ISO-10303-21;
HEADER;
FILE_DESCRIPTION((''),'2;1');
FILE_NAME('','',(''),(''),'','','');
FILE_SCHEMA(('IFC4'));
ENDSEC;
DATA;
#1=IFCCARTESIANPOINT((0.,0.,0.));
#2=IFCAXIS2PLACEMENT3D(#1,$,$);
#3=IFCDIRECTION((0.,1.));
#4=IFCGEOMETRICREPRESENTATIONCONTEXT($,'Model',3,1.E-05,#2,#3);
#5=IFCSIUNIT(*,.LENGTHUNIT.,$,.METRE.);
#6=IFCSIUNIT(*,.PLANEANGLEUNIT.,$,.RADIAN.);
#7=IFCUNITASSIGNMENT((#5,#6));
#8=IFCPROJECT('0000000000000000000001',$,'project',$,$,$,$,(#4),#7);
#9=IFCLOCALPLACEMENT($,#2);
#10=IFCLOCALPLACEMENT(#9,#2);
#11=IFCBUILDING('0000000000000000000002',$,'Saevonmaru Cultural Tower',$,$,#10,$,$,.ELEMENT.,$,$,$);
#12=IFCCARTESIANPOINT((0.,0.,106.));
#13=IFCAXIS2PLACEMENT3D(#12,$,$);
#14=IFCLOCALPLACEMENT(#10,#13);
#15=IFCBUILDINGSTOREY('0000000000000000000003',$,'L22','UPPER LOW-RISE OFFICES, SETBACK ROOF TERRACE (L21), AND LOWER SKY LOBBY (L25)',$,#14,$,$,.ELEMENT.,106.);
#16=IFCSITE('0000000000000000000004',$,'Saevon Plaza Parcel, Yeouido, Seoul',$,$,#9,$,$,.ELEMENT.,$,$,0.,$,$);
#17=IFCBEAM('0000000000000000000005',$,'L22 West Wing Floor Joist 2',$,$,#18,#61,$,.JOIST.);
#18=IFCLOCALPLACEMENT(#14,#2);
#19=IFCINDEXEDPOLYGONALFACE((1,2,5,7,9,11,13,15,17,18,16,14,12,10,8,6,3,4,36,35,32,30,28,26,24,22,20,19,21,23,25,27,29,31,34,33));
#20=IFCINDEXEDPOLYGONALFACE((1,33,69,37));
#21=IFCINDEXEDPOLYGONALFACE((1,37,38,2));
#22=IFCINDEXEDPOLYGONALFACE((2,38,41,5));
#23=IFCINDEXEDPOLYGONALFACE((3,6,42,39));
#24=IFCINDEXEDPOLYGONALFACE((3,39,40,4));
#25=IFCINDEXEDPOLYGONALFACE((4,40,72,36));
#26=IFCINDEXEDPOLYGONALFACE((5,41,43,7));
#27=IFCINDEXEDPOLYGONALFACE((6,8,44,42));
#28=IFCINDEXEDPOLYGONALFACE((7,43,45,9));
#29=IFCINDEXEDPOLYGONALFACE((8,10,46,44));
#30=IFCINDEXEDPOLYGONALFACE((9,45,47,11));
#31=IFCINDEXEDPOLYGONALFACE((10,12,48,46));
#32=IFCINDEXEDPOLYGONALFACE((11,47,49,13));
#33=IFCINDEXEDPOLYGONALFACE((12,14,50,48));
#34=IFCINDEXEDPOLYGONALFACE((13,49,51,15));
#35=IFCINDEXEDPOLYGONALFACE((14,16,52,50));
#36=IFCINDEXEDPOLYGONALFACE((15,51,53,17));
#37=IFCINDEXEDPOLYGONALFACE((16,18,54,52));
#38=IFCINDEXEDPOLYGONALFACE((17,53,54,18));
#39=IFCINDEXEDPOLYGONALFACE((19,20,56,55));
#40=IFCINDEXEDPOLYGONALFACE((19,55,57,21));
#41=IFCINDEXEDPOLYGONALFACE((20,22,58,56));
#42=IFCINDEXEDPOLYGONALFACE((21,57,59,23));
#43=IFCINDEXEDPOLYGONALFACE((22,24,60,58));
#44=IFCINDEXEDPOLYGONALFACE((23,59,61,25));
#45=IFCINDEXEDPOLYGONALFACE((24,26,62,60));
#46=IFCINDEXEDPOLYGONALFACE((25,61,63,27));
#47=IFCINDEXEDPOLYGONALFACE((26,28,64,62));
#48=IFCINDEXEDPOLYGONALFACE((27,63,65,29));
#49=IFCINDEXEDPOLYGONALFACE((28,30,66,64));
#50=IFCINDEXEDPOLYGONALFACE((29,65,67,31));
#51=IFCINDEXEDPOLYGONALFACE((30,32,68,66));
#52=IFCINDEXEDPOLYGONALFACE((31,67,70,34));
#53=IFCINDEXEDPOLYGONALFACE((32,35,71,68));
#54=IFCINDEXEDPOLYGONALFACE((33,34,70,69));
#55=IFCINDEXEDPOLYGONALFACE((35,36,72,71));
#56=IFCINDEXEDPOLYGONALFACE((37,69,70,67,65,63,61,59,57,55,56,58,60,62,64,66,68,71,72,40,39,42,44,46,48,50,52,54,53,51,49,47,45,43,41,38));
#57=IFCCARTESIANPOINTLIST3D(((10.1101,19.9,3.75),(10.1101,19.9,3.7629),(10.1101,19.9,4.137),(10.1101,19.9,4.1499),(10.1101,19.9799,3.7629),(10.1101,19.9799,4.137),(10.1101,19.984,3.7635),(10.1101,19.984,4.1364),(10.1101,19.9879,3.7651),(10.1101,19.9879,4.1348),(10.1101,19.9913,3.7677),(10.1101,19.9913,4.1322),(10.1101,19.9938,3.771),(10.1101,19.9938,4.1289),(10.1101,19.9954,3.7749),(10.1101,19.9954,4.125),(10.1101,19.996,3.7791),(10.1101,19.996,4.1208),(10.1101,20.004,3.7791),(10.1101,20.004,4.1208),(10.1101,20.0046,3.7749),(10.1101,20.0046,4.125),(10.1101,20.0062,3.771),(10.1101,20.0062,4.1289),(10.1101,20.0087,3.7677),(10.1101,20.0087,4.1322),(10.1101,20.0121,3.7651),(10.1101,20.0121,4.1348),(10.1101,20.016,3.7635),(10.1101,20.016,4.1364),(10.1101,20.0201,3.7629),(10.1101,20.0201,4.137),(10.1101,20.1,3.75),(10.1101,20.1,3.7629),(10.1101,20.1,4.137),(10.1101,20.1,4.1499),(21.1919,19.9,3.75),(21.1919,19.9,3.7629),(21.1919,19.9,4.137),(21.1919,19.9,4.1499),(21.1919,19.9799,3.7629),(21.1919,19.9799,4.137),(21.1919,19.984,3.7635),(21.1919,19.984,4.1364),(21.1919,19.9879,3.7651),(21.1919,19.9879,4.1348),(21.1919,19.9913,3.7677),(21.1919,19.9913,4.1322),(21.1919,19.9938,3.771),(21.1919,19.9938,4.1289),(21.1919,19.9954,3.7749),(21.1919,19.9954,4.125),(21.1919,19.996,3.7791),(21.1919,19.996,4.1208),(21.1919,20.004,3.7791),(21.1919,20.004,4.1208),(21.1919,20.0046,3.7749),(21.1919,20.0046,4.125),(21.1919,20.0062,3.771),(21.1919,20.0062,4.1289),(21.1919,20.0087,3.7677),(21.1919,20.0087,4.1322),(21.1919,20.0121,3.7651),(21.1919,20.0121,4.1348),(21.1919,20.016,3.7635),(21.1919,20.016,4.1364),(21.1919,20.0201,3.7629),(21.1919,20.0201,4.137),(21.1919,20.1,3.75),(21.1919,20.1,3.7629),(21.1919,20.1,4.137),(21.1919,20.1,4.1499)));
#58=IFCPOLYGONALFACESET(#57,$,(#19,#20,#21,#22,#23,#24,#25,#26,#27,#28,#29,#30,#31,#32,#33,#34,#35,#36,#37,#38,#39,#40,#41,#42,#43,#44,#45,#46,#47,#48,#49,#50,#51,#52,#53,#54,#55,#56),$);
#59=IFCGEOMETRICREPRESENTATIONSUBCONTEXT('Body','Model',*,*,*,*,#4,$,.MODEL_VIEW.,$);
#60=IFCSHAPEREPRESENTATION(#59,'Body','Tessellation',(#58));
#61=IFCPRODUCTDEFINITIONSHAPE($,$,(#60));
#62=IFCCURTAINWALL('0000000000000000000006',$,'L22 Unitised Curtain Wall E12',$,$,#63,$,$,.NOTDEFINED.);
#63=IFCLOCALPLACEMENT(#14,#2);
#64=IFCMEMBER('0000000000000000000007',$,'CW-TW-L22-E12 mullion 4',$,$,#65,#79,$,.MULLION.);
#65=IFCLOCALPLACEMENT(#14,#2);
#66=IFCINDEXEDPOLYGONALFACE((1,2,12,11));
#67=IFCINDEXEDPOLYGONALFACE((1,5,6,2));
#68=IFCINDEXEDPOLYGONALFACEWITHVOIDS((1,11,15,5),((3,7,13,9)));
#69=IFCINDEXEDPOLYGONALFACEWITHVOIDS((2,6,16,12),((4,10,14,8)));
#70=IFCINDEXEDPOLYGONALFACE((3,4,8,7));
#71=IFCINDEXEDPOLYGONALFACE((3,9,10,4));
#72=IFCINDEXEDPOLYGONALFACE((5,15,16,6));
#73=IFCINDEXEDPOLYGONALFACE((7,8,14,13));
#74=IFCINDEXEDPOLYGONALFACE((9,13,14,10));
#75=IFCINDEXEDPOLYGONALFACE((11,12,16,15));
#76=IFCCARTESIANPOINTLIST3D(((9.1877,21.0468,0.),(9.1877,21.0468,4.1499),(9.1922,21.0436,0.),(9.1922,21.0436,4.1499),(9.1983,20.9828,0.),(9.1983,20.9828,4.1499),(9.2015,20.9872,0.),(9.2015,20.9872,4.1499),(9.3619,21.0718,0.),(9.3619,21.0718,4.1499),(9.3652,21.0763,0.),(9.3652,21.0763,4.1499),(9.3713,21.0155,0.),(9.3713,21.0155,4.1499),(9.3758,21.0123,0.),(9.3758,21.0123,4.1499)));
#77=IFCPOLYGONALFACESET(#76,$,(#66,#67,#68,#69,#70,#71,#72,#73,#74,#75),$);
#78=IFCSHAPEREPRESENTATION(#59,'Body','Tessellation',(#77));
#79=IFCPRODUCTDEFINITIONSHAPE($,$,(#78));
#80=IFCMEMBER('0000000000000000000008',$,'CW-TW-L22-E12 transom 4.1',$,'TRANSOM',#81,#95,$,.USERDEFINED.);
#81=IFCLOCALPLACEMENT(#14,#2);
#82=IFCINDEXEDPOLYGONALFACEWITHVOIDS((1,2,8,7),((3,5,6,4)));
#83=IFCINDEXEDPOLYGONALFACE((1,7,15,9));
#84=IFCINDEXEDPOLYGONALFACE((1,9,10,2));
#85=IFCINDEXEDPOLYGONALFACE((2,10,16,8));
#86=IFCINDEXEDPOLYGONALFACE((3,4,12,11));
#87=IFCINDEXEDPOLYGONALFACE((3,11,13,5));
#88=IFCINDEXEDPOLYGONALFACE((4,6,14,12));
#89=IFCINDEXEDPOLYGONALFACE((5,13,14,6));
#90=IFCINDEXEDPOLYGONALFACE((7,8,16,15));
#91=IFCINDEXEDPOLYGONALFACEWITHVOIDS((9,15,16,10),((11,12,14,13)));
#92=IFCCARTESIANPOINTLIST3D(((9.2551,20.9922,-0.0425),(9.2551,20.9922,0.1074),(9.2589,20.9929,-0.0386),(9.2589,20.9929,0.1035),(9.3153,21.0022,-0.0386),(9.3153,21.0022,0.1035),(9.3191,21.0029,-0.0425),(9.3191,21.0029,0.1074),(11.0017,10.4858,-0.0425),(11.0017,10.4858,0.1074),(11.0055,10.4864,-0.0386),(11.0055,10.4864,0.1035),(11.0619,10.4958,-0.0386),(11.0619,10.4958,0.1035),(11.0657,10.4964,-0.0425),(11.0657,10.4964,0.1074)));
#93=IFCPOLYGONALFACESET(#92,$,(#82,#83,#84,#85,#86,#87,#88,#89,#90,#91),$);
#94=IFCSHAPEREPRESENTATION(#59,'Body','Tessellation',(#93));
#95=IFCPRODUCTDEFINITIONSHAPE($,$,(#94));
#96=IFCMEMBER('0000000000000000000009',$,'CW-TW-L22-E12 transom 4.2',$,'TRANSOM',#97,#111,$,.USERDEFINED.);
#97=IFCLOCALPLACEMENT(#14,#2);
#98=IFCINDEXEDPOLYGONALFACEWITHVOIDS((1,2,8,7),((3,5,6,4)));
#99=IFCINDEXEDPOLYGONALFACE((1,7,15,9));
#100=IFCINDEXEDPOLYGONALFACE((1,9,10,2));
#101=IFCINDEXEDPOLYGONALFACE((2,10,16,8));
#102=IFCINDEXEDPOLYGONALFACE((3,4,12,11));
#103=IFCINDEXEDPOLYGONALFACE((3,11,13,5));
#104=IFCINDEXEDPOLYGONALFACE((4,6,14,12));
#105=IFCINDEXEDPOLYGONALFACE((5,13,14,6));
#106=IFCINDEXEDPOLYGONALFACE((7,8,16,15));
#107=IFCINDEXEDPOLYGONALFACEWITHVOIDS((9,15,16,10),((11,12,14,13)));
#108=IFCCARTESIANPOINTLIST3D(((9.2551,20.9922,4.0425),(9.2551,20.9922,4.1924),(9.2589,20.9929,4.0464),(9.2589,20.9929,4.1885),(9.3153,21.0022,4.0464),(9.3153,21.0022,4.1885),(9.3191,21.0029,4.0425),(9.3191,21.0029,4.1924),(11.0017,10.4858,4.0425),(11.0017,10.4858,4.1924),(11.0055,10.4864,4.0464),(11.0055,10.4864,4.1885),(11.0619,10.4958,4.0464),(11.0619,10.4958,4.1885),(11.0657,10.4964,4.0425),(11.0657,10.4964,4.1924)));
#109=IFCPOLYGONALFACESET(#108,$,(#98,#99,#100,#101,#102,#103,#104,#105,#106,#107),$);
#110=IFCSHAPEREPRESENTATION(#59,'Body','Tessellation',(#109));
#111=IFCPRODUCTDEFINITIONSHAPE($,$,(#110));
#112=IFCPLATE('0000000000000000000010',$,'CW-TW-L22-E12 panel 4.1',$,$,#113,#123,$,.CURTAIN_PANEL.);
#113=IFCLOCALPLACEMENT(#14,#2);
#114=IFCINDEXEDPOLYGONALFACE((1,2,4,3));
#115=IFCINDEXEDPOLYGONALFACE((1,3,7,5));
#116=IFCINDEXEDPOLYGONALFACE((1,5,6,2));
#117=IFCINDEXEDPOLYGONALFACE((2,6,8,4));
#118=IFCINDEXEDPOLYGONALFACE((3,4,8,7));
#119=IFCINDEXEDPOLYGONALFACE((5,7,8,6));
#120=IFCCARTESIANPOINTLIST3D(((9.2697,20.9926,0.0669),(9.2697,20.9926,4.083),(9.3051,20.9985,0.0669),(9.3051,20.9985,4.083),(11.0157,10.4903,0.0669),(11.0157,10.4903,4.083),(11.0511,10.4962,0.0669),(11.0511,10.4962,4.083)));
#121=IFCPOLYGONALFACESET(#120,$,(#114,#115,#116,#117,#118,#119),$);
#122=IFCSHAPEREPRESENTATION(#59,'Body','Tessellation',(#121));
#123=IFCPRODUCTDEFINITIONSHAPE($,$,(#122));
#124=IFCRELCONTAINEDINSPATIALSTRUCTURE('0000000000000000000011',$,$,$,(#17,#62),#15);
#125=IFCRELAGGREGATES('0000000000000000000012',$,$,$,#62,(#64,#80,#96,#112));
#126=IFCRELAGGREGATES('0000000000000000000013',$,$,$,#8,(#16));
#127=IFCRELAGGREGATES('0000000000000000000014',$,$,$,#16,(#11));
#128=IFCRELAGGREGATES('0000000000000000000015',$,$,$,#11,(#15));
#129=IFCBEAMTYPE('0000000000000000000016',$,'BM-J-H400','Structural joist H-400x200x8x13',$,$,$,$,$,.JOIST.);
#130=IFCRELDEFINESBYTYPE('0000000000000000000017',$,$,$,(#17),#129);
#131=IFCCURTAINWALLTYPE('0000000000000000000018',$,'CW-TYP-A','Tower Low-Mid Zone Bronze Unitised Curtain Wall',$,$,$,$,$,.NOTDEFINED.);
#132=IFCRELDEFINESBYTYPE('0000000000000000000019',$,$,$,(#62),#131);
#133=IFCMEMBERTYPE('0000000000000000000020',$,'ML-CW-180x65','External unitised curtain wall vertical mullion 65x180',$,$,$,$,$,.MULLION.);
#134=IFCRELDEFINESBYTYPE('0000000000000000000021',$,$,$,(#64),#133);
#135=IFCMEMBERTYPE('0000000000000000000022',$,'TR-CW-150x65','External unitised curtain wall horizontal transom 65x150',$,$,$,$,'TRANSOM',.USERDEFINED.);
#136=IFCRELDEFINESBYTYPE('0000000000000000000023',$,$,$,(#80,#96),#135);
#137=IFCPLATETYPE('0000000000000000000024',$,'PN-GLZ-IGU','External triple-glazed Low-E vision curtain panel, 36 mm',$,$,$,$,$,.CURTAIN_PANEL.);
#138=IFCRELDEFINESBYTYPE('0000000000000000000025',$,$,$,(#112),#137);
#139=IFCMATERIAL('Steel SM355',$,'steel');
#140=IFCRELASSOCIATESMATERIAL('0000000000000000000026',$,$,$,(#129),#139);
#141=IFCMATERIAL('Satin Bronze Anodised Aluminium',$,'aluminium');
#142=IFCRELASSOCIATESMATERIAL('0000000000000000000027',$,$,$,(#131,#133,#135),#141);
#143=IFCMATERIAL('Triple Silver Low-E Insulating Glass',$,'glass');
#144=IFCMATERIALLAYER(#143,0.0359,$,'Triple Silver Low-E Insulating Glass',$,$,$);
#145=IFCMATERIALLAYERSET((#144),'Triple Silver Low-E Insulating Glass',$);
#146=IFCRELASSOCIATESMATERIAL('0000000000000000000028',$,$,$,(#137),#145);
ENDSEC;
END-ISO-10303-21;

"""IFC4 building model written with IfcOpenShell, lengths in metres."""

from ifc_helpers import new_model, si_unit, direction, frame, origin, origin_2d, place, context, subcontext, project, spatial, rectangle, hollow_rectangle, i_section, extrude, material, layer, layer_set, material_profile, profile_set, type_object, element, aggregate, save


model = new_model("IFC4")

# Units and contexts
model_context = context("Model", 3, precision=1e-05, world=origin(), true_north=direction((0.0, 1.0)))
body_context = subcontext(model_context, "Body", "Model", "MODEL_VIEW")
ifc_project = project(units=[si_unit("LENGTHUNIT", "METRE"), si_unit("PLANEANGLEUNIT", "RADIAN")], contexts=[model_context])

# Site, building, storey
site_placement = place(None, origin())
site = spatial("IfcSite", under=ifc_project, at=site_placement, Name="Saevon Plaza Parcel, Yeouido, Seoul", CompositionType="ELEMENT", RefElevation=0.0)
building_placement = place(site_placement, origin())
building = spatial("IfcBuilding", under=site, at=building_placement, Name="Saevonmaru Cultural Tower", CompositionType="ELEMENT")
storey_placement = place(building_placement, frame((0.0, 0.0, 106.0)))
storey = spatial("IfcBuildingStorey", under=building, at=storey_placement, Name="L22", Description="UPPER LOW-RISE OFFICES, SETBACK ROOF TERRACE (L21), AND LOWER SKY LOBBY (L25)", CompositionType="ELEMENT", Elevation=106.0)

# Beam
ifc_material_1 = material(Name="Steel SM355", Category="steel")
ifc_material_profile_1 = material_profile(ifc_material_1, i_section(OverallWidth=0.2, OverallDepth=0.3999, WebThickness=0.0081, FlangeThickness=0.0129, FilletRadius=0.0161, at=origin_2d()), Name="H-400x200x8x13")
ifc_profile_set_1 = profile_set([ifc_material_profile_1], Name="Steel SM355")
beam_type = type_object("IfcBeamType", Name="BM-J-H400", Description="Structural joist H-400x200x8x13", PredefinedType="JOIST", material=ifc_profile_set_1)
beam_placement = place(storey_placement, frame((10.1101, 20.0, 3.95), z_axis=(1.0, 0.0, 0.0), x_axis=(0.0, 1.0, 0.0)))
element("IfcBeam", 1, at=beam_placement, inside=storey, type_object=beam_type, Name="L22 West Wing Floor Joist 2", PredefinedType="JOIST", context=body_context, shape_type="SweptSolid", body=[
    extrude(i_section(OverallWidth=0.2, OverallDepth=0.3999, WebThickness=0.0081, FlangeThickness=0.0129, FilletRadius=0.0161, at=origin_2d()), origin(), (0.0, 0.0, 1.0), 11.0818),
])

# Curtain wall, members, plate
ifc_material_2 = material(Name="Satin Bronze Anodised Aluminium", Category="aluminium")
curtain_wall_type = type_object("IfcCurtainWallType", Name="CW-TYP-A", Description="Tower Low-Mid Zone Bronze Unitised Curtain Wall", PredefinedType="NOTDEFINED", material=ifc_material_2)
curtain_wall_placement = place(storey_placement, origin())
curtain_wall = element("IfcCurtainWall", 2, at=curtain_wall_placement, inside=storey, type_object=curtain_wall_type, Name="L22 Unitised Curtain Wall E12", PredefinedType="NOTDEFINED")
ifc_material_profile_2 = material_profile(ifc_material_2, hollow_rectangle(XDim=0.0649, YDim=0.1799, WallThickness=0.0039, at=origin_2d()), Name="ALU-MULL-180x65x4")
ifc_profile_set_2 = profile_set([ifc_material_profile_2], Name="Satin Bronze Anodised Aluminium")
member_type_1 = type_object("IfcMemberType", Name="ML-CW-180x65", Description="External unitised curtain wall vertical mullion 65x180", PredefinedType="MULLION", material=ifc_profile_set_2)
member_1_placement = place(storey_placement, frame((9.2817, 21.0295, 0.0), z_axis=(0.0, 0.0, 1.0), x_axis=(0.163999, -0.986461, 0.0)))
member_1 = element("IfcMember", 3, at=member_1_placement, type_object=member_type_1, Name="CW-TW-L22-E12 mullion 4", PredefinedType="MULLION", context=body_context, shape_type="SweptSolid", body=[
    extrude(hollow_rectangle(XDim=0.0649, YDim=0.1799, WallThickness=0.0039, at=origin_2d()), origin(), (0.0, 0.0, 1.0), 4.1499),
])
ifc_material_profile_3 = material_profile(ifc_material_2, hollow_rectangle(XDim=0.0649, YDim=0.1499, WallThickness=0.0039, at=origin_2d()), Name="ALU-TRAN-150x65x4")
ifc_profile_set_3 = profile_set([ifc_material_profile_3], Name="Satin Bronze Anodised Aluminium")
member_type_2 = type_object("IfcMemberType", Name="TR-CW-150x65", Description="External unitised curtain wall horizontal transom 65x150", ElementType="TRANSOM", PredefinedType="USERDEFINED", material=ifc_profile_set_3)
member_2_placement = place(storey_placement, frame((9.2871, 20.9976, 0.0325), z_axis=(0.16399, -0.986462, 0.0), x_axis=(0.986462, 0.16399, 0.0)))
member_2 = element("IfcMember", 4, at=member_2_placement, type_object=member_type_2, Name="CW-TW-L22-E12 transom 4.1", ObjectType="TRANSOM", PredefinedType="USERDEFINED", context=body_context, shape_type="SweptSolid", body=[
    extrude(hollow_rectangle(XDim=0.0649, YDim=0.1499, WallThickness=0.0039, at=origin_2d()), origin(), (0.0, 0.0, 1.0), 10.6506),
])
member_3_placement = place(storey_placement, frame((9.2871, 20.9976, 4.1174), z_axis=(0.16399, -0.986462, 0.0), x_axis=(0.986462, 0.16399, 0.0)))
member_3 = element("IfcMember", 5, at=member_3_placement, type_object=member_type_2, Name="CW-TW-L22-E12 transom 4.2", ObjectType="TRANSOM", PredefinedType="USERDEFINED", context=body_context, shape_type="SweptSolid", body=[
    extrude(hollow_rectangle(XDim=0.0649, YDim=0.1499, WallThickness=0.0039, at=origin_2d()), origin(), (0.0, 0.0, 1.0), 10.6506),
])
ifc_material_3 = material(Name="Triple Silver Low-E Insulating Glass", Category="glass")
ifc_layer_1 = layer(ifc_material_3, 0.0359, Name="Triple Silver Low-E Insulating Glass")
ifc_layer_set_1 = layer_set([ifc_layer_1], Name="Triple Silver Low-E Insulating Glass")
plate_type = type_object("IfcPlateType", Name="PN-GLZ-IGU", Description="External triple-glazed Low-E vision curtain panel, 36 mm", PredefinedType="CURTAIN_PANEL", material=ifc_layer_set_1)
plate_placement = place(storey_placement, frame((10.1604, 15.7444, 0.0669), z_axis=(0.0, 0.0, 1.0), x_axis=(0.163999, -0.986461, 0.0)))
plate = element("IfcPlate", 6, at=plate_placement, type_object=plate_type, Name="CW-TW-L22-E12 panel 4.1", PredefinedType="CURTAIN_PANEL", context=body_context, shape_type="SweptSolid", body=[
    extrude(rectangle(XDim=10.6465, YDim=0.0359, at=origin_2d()), origin(), (0.0, 0.0, 1.0), 4.0161),
])
aggregate(curtain_wall, [member_1, member_2, member_3, plate])

save(model, "model.ifc")
